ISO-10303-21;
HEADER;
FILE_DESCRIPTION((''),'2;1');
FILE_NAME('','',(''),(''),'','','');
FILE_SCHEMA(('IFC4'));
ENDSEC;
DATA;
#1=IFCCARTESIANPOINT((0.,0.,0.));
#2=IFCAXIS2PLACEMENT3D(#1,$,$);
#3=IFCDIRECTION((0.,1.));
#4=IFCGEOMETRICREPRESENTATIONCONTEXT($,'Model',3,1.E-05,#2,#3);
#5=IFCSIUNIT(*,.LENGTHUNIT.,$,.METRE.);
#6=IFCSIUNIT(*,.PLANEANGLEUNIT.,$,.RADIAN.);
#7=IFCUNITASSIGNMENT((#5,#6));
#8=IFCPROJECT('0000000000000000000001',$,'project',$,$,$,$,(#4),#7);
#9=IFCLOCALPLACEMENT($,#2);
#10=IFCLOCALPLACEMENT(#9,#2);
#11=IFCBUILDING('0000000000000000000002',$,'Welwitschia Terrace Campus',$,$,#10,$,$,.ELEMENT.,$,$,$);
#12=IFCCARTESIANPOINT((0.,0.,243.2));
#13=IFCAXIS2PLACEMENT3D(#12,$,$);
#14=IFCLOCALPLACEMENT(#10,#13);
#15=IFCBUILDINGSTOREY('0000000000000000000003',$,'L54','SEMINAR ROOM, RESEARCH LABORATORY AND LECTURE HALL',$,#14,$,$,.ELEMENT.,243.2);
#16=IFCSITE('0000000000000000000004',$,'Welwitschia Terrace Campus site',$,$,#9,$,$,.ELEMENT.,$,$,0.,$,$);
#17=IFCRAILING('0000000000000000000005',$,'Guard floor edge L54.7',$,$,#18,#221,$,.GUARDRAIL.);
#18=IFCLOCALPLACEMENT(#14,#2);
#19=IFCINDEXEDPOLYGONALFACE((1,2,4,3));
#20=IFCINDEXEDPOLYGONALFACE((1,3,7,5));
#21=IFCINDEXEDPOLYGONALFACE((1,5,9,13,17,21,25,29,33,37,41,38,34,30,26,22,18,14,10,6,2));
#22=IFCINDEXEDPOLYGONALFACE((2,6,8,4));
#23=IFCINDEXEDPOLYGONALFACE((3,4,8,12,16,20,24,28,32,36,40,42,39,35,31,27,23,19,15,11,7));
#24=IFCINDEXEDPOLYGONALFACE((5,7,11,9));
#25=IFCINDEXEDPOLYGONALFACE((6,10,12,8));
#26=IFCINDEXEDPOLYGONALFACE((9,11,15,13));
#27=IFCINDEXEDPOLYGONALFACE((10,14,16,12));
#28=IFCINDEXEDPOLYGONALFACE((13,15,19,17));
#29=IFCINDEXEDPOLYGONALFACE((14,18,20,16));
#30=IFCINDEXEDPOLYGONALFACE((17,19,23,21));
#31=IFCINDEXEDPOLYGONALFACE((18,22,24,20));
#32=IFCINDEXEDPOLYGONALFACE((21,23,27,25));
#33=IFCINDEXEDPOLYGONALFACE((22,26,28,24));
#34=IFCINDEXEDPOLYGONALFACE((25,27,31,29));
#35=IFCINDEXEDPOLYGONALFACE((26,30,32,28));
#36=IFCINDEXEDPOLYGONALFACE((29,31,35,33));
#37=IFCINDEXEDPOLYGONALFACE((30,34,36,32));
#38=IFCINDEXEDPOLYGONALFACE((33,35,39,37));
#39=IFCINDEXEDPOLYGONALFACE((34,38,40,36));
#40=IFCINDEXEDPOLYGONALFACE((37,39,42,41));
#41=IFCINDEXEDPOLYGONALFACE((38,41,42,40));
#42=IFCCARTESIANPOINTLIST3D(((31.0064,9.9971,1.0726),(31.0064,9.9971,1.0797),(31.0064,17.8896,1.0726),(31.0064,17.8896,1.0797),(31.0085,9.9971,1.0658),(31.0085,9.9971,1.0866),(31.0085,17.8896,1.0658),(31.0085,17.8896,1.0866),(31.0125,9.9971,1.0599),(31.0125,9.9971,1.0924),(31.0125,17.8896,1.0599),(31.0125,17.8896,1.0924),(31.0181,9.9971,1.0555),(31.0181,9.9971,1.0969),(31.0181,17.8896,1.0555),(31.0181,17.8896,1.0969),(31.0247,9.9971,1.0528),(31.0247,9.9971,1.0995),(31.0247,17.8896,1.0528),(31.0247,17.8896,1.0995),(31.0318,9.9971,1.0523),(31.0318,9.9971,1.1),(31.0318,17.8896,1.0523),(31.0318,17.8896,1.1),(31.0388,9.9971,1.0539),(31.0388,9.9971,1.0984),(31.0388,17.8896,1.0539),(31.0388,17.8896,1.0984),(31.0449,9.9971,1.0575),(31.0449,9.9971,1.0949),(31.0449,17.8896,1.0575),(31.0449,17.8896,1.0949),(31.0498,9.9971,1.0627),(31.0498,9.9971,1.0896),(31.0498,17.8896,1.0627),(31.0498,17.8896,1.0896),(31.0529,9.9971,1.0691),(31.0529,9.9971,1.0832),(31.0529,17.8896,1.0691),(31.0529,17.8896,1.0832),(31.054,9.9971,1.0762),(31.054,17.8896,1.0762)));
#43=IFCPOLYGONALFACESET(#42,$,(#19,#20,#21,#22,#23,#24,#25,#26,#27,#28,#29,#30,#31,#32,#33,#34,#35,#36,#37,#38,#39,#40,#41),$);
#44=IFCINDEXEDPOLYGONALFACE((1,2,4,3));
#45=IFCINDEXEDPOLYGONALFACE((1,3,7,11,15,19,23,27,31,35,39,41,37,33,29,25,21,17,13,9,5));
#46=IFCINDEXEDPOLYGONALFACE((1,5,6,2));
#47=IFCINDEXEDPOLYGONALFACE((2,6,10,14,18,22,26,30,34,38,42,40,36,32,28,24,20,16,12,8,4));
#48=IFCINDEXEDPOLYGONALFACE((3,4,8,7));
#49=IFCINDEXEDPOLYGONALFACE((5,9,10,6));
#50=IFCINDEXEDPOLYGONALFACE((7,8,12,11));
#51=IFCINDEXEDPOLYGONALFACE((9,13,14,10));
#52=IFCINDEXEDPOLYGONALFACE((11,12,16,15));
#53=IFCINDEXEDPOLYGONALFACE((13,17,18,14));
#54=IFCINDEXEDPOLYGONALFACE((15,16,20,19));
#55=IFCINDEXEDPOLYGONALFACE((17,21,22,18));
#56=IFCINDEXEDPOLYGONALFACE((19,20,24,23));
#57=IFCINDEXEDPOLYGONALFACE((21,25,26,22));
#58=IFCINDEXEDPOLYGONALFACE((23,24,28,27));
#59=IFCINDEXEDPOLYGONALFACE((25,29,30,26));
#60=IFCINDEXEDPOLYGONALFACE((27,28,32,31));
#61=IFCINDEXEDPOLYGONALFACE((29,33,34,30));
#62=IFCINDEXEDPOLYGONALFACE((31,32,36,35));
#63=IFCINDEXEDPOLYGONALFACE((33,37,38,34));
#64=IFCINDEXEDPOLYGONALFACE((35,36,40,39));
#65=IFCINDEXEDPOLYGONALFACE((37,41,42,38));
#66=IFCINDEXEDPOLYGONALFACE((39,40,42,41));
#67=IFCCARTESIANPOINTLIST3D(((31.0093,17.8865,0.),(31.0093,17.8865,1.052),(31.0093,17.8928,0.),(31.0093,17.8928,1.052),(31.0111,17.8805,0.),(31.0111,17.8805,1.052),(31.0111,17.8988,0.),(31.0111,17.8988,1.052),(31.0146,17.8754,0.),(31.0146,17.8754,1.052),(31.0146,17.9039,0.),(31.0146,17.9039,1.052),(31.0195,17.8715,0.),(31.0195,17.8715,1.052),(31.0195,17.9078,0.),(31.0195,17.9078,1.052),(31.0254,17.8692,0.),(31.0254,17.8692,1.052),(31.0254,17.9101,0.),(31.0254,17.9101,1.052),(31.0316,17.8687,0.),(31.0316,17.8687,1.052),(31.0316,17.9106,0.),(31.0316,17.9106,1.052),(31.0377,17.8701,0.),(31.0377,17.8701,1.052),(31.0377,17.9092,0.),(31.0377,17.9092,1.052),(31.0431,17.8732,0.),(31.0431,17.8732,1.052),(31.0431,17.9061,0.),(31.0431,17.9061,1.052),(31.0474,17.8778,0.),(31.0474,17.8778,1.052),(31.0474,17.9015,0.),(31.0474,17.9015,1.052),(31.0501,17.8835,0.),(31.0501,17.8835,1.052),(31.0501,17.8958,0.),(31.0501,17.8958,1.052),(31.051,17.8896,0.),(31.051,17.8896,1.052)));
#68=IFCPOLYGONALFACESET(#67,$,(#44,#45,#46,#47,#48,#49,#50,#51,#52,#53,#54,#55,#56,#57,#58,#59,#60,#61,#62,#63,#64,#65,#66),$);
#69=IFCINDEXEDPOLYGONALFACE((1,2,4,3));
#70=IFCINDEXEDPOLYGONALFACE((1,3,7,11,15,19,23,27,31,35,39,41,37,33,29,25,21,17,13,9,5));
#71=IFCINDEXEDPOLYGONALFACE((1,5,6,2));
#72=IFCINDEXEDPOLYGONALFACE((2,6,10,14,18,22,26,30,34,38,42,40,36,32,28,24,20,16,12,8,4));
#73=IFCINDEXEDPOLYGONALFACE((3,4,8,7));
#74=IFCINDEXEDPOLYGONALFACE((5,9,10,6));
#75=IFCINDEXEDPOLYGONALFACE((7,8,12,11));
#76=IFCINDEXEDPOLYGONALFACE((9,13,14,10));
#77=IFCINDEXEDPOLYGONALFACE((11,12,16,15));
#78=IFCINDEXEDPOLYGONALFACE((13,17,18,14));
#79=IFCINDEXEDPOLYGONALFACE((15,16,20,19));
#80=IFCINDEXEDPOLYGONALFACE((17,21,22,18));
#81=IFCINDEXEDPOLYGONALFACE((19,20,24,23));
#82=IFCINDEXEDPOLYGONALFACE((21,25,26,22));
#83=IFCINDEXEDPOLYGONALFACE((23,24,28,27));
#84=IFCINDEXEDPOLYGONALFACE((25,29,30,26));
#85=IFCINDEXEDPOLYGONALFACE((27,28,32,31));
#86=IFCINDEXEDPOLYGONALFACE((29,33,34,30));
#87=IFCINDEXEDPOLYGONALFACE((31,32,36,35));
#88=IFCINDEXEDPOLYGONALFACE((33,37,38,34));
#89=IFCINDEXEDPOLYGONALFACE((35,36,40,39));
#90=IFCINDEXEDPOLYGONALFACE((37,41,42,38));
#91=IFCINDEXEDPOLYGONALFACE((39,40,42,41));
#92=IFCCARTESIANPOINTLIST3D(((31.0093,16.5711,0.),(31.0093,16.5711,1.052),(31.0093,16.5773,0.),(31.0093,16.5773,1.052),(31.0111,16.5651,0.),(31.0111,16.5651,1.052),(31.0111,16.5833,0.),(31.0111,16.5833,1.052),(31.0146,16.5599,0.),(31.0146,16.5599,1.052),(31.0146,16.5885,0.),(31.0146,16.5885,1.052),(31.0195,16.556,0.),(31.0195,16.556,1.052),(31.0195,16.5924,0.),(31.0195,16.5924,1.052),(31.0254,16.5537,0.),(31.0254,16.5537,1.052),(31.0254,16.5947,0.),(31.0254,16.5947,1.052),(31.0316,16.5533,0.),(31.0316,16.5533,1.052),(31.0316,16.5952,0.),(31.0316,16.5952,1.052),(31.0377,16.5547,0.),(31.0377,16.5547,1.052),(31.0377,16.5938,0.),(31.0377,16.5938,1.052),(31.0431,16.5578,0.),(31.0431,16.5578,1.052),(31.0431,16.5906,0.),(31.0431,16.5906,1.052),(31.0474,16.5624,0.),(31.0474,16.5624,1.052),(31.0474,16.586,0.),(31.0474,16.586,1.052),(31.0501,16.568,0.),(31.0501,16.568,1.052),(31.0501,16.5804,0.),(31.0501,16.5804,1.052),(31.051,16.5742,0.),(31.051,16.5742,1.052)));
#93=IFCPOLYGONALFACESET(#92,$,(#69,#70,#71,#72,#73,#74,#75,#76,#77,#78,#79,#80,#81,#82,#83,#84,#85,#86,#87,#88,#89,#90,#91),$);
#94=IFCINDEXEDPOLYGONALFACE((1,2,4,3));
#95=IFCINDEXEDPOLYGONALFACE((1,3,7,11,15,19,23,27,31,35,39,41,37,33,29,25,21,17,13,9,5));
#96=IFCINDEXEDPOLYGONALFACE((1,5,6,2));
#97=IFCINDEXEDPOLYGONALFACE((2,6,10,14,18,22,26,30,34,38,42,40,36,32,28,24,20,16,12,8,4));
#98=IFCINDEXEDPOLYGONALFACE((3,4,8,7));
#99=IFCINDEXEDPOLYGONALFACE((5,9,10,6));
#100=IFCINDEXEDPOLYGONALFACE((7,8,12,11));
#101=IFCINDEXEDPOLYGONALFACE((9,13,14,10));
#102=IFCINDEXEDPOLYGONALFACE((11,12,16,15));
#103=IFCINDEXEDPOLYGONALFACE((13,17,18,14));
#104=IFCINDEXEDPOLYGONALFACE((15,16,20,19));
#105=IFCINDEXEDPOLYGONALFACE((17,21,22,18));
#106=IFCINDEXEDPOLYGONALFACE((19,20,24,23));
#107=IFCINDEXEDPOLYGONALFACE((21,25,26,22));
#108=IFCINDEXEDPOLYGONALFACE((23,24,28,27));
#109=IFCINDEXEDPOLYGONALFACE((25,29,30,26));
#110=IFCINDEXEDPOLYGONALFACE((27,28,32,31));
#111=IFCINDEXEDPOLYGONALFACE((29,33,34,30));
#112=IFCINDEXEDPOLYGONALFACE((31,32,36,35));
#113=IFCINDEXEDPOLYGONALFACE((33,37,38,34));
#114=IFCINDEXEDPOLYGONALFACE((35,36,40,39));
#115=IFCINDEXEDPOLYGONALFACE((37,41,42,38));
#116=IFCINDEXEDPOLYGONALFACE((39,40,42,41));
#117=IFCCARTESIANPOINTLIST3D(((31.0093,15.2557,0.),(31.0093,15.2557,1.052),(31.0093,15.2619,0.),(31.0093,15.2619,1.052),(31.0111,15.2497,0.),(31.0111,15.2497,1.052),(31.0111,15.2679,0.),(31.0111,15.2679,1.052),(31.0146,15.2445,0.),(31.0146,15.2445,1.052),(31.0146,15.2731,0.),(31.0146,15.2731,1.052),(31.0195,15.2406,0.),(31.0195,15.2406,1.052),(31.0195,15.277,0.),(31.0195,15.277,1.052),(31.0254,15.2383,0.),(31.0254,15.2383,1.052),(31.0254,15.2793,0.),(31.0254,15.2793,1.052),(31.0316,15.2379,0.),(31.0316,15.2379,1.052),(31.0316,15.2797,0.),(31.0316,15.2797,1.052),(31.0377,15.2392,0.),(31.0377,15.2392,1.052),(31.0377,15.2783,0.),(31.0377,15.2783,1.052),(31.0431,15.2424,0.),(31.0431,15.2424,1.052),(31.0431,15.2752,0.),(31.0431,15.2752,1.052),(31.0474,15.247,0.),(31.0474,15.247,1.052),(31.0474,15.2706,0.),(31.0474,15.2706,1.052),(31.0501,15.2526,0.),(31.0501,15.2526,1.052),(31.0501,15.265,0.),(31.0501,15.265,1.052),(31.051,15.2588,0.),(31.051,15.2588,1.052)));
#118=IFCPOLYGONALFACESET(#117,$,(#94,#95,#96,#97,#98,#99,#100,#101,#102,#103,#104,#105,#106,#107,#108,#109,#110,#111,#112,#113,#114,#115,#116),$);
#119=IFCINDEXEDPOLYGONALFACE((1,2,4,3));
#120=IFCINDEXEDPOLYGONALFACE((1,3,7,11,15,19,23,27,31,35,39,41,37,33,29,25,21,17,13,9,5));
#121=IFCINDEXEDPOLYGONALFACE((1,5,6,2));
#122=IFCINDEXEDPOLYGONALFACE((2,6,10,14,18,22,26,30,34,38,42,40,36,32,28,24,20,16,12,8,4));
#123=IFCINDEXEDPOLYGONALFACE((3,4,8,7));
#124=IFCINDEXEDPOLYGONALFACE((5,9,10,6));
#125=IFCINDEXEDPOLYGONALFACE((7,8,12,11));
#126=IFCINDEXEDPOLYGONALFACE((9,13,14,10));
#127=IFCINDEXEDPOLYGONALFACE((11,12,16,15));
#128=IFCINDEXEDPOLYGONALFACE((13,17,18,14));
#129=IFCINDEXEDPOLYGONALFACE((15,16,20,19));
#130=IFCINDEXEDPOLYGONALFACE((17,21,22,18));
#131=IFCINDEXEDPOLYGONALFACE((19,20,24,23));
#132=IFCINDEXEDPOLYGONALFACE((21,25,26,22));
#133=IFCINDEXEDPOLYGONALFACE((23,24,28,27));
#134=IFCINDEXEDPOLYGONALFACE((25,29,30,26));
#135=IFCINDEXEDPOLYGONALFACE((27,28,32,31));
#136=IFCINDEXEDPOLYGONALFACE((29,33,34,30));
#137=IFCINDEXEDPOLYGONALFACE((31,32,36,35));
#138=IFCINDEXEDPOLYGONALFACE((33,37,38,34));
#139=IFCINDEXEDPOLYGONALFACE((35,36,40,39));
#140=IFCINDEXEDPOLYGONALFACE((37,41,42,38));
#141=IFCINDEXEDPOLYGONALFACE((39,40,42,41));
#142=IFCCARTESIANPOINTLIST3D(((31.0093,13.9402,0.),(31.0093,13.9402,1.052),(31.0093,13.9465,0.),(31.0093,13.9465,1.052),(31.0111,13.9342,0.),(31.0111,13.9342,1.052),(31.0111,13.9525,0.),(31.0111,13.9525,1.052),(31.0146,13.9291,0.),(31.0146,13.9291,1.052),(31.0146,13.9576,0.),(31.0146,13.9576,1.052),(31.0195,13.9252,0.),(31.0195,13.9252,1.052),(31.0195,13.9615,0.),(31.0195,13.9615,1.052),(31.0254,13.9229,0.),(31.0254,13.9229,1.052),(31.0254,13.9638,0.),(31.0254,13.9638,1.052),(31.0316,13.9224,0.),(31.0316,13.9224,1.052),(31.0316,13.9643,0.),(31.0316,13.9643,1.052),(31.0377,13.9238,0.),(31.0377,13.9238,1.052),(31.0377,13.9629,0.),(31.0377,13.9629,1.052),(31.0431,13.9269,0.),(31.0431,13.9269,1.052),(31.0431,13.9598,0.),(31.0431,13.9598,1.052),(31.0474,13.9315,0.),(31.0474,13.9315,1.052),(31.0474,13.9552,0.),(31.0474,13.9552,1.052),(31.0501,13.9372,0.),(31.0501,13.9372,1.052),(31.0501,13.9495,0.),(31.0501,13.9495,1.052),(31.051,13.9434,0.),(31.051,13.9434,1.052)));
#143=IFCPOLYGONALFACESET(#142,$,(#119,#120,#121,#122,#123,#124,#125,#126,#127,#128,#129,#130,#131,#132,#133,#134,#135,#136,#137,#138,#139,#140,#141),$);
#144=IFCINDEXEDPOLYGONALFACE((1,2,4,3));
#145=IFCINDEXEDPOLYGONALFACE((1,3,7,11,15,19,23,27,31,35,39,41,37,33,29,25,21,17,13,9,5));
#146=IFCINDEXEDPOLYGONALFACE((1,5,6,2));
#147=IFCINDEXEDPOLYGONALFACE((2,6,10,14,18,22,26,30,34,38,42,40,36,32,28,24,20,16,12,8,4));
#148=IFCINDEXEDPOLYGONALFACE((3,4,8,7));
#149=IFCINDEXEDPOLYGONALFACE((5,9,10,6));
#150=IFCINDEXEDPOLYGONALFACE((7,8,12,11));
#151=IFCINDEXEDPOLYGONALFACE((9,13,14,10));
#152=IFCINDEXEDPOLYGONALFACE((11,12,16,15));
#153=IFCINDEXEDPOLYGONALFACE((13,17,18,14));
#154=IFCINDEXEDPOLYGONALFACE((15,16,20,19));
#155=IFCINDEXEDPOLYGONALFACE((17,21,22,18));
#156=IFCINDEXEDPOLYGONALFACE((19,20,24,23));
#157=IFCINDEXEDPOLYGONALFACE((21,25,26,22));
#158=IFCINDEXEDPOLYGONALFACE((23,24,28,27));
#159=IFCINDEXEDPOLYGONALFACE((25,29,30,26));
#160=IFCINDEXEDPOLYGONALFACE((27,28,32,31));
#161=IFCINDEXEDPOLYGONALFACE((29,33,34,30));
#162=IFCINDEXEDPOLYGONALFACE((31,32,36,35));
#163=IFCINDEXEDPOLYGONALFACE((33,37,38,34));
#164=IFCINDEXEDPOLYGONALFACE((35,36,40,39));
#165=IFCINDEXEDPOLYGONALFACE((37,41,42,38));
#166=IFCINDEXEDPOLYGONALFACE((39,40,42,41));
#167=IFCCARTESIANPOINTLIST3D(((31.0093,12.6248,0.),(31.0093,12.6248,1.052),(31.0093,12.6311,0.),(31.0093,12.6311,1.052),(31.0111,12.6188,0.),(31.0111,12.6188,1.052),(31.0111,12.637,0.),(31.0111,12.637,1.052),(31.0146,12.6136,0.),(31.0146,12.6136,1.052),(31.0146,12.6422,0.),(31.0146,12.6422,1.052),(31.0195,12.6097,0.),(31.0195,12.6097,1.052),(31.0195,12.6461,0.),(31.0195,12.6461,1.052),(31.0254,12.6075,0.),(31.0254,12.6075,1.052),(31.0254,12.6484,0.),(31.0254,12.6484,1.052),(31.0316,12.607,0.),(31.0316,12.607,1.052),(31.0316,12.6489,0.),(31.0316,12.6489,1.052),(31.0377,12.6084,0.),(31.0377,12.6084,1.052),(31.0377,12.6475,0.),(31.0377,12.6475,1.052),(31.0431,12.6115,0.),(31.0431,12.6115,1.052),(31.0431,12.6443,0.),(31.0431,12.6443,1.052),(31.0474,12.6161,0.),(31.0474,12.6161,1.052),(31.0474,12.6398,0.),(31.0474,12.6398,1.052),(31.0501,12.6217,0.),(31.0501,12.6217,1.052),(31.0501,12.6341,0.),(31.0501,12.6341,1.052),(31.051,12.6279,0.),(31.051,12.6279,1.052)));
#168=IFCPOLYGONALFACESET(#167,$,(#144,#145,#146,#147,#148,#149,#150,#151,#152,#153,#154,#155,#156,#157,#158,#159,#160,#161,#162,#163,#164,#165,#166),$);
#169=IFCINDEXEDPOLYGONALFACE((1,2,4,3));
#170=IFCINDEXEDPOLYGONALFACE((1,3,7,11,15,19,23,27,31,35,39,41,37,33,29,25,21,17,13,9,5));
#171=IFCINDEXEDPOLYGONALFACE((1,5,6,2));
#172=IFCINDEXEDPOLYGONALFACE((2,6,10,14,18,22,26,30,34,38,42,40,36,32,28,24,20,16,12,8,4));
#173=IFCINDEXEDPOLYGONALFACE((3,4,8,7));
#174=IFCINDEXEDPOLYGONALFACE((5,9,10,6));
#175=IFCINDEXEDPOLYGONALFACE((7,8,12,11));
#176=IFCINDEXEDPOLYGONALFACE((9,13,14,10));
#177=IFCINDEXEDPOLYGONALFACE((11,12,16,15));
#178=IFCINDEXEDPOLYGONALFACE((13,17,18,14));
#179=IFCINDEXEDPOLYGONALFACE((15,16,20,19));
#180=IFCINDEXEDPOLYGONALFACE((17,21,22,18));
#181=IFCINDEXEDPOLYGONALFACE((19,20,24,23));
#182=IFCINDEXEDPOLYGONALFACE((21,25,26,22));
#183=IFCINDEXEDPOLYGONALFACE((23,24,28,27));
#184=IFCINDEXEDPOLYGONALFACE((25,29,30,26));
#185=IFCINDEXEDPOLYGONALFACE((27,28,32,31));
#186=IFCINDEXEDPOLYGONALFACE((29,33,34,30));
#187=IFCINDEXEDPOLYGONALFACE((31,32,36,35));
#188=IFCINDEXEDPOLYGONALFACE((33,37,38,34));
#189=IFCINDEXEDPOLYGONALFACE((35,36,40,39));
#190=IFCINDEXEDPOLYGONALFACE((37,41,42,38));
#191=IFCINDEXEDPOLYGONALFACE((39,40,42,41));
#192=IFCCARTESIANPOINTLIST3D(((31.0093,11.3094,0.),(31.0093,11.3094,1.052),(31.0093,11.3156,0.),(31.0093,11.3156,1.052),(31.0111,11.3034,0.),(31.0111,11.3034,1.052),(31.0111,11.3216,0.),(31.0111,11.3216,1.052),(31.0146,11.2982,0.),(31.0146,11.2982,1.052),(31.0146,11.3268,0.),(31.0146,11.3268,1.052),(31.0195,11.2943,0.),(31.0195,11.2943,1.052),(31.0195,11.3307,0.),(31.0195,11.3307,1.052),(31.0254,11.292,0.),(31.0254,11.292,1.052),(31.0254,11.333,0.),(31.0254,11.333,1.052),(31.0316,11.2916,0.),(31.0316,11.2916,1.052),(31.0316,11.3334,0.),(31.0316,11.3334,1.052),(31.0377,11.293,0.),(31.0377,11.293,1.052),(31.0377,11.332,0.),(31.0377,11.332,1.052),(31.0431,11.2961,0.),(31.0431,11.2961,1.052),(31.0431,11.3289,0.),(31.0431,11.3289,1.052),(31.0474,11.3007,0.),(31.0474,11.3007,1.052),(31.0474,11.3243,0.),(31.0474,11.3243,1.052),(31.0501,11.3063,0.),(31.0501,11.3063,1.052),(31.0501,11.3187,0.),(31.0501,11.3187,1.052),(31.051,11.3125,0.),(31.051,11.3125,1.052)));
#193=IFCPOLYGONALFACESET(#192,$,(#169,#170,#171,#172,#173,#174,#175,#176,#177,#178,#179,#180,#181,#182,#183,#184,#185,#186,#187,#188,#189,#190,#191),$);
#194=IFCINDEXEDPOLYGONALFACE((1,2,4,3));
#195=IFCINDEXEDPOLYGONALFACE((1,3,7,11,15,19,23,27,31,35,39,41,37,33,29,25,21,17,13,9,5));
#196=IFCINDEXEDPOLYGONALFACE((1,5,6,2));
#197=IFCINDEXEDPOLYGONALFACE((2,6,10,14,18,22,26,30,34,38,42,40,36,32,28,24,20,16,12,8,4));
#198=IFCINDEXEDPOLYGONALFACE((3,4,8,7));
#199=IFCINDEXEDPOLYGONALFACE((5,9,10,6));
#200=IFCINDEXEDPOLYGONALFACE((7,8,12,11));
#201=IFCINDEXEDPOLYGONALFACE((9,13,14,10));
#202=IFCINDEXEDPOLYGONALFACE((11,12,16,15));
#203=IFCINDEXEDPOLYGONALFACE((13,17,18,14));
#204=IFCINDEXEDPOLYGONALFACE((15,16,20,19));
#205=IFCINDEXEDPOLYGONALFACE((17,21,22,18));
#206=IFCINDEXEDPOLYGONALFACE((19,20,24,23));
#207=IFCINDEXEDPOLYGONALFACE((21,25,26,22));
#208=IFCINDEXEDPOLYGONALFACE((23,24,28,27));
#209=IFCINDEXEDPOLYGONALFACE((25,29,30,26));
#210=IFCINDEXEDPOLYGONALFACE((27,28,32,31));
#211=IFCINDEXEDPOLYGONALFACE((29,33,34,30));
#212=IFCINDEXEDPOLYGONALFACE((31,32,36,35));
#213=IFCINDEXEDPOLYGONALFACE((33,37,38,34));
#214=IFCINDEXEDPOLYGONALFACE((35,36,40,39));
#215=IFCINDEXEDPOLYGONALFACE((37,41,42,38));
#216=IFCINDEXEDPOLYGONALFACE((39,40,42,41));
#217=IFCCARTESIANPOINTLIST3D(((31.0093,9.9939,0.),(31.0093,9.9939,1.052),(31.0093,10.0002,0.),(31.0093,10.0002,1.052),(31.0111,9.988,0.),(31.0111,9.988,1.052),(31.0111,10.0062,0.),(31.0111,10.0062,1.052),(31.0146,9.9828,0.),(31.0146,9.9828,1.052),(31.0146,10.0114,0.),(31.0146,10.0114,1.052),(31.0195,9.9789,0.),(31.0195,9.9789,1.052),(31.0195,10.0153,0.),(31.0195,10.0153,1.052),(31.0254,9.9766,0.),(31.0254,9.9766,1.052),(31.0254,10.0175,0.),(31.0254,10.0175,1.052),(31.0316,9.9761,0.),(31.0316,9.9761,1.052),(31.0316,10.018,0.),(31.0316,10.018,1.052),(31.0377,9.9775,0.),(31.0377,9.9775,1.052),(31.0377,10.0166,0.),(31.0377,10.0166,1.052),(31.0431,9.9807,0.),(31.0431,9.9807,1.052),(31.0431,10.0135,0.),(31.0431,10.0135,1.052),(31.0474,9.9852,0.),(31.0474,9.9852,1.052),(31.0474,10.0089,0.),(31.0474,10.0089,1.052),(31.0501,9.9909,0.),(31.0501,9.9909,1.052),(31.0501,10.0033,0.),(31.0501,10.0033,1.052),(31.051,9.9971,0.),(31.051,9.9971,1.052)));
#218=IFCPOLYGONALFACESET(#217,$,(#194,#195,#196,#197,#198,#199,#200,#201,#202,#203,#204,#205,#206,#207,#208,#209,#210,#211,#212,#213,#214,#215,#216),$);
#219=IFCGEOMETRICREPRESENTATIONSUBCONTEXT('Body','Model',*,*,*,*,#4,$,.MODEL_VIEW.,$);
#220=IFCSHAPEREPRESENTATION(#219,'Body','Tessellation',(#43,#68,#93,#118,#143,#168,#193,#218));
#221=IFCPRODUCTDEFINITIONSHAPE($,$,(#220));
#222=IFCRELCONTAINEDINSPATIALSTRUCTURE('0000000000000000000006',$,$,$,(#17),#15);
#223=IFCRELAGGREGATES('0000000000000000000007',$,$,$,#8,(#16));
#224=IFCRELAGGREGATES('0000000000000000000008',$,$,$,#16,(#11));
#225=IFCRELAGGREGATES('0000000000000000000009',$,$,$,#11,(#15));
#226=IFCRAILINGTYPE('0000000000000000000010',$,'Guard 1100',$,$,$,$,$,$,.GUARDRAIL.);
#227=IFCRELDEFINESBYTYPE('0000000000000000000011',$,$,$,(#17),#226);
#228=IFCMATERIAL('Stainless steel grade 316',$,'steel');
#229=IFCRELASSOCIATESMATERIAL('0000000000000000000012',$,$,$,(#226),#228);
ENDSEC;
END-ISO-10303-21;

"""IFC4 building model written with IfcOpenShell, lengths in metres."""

from ifc_helpers import new_model, si_unit, direction, frame, origin, origin_2d, place, context, subcontext, project, spatial, circle, extrude, material, type_object, element, save


model = new_model("IFC4")

# Units and contexts
model_context = context("Model", 3, precision=1e-05, world=origin(), true_north=direction((0.0, 1.0)))
body_context = subcontext(model_context, "Body", "Model", "MODEL_VIEW")
ifc_project = project(units=[si_unit("LENGTHUNIT", "METRE"), si_unit("PLANEANGLEUNIT", "RADIAN")], contexts=[model_context])

# Site, building, storey
site_placement = place(None, origin())
site = spatial("IfcSite", under=ifc_project, at=site_placement, Name="Welwitschia Terrace Campus site", CompositionType="ELEMENT", RefElevation=0.0)
building_placement = place(site_placement, origin())
building = spatial("IfcBuilding", under=site, at=building_placement, Name="Welwitschia Terrace Campus", CompositionType="ELEMENT")
storey_placement = place(building_placement, frame((0.0, 0.0, 243.2)))
storey = spatial("IfcBuildingStorey", under=building, at=storey_placement, Name="L54", Description="SEMINAR ROOM, RESEARCH LABORATORY AND LECTURE HALL", CompositionType="ELEMENT", Elevation=243.2)

# Railing
ifc_material_1 = material(Name="Stainless steel grade 316", Category="steel")
railing_type = type_object("IfcRailingType", Name="Guard 1100", PredefinedType="GUARDRAIL", material=ifc_material_1)
railing_1_placement = place(storey_placement, frame((31.03, 17.8896, 0.0)))
element("IfcRailing", 1, at=railing_1_placement, inside=storey, type_object=railing_type, Name="Guard floor edge L54.7", PredefinedType="GUARDRAIL", context=body_context, shape_type="SweptSolid", body=[
    extrude(circle(Radius=0.0239, at=origin_2d()), frame((0.0, 0.0, 1.0762), z_axis=(0.0, -1.0, 0.0), x_axis=(1.0, 0.0, 0.0)), (0.0, 0.0, 1.0), 7.8926),
    extrude(circle(Radius=0.021, at=origin_2d()), origin(), (0.0, 0.0, 1.0), 1.052),
    extrude(circle(Radius=0.021, at=origin_2d()), frame((0.0, -1.3154, 0.0)), (0.0, 0.0, 1.0), 1.052),
    extrude(circle(Radius=0.021, at=origin_2d()), frame((0.0, -2.6309, 0.0)), (0.0, 0.0, 1.0), 1.052),
    extrude(circle(Radius=0.021, at=origin_2d()), frame((0.0, -3.9463, 0.0)), (0.0, 0.0, 1.0), 1.052),
    extrude(circle(Radius=0.021, at=origin_2d()), frame((0.0, -5.2617, 0.0)), (0.0, 0.0, 1.0), 1.052),
    extrude(circle(Radius=0.021, at=origin_2d()), frame((0.0, -6.5771, 0.0)), (0.0, 0.0, 1.0), 1.052),
    extrude(circle(Radius=0.021, at=origin_2d()), frame((0.0, -7.8926, 0.0)), (0.0, 0.0, 1.0), 1.052),
])

save(model, "model.ifc")
